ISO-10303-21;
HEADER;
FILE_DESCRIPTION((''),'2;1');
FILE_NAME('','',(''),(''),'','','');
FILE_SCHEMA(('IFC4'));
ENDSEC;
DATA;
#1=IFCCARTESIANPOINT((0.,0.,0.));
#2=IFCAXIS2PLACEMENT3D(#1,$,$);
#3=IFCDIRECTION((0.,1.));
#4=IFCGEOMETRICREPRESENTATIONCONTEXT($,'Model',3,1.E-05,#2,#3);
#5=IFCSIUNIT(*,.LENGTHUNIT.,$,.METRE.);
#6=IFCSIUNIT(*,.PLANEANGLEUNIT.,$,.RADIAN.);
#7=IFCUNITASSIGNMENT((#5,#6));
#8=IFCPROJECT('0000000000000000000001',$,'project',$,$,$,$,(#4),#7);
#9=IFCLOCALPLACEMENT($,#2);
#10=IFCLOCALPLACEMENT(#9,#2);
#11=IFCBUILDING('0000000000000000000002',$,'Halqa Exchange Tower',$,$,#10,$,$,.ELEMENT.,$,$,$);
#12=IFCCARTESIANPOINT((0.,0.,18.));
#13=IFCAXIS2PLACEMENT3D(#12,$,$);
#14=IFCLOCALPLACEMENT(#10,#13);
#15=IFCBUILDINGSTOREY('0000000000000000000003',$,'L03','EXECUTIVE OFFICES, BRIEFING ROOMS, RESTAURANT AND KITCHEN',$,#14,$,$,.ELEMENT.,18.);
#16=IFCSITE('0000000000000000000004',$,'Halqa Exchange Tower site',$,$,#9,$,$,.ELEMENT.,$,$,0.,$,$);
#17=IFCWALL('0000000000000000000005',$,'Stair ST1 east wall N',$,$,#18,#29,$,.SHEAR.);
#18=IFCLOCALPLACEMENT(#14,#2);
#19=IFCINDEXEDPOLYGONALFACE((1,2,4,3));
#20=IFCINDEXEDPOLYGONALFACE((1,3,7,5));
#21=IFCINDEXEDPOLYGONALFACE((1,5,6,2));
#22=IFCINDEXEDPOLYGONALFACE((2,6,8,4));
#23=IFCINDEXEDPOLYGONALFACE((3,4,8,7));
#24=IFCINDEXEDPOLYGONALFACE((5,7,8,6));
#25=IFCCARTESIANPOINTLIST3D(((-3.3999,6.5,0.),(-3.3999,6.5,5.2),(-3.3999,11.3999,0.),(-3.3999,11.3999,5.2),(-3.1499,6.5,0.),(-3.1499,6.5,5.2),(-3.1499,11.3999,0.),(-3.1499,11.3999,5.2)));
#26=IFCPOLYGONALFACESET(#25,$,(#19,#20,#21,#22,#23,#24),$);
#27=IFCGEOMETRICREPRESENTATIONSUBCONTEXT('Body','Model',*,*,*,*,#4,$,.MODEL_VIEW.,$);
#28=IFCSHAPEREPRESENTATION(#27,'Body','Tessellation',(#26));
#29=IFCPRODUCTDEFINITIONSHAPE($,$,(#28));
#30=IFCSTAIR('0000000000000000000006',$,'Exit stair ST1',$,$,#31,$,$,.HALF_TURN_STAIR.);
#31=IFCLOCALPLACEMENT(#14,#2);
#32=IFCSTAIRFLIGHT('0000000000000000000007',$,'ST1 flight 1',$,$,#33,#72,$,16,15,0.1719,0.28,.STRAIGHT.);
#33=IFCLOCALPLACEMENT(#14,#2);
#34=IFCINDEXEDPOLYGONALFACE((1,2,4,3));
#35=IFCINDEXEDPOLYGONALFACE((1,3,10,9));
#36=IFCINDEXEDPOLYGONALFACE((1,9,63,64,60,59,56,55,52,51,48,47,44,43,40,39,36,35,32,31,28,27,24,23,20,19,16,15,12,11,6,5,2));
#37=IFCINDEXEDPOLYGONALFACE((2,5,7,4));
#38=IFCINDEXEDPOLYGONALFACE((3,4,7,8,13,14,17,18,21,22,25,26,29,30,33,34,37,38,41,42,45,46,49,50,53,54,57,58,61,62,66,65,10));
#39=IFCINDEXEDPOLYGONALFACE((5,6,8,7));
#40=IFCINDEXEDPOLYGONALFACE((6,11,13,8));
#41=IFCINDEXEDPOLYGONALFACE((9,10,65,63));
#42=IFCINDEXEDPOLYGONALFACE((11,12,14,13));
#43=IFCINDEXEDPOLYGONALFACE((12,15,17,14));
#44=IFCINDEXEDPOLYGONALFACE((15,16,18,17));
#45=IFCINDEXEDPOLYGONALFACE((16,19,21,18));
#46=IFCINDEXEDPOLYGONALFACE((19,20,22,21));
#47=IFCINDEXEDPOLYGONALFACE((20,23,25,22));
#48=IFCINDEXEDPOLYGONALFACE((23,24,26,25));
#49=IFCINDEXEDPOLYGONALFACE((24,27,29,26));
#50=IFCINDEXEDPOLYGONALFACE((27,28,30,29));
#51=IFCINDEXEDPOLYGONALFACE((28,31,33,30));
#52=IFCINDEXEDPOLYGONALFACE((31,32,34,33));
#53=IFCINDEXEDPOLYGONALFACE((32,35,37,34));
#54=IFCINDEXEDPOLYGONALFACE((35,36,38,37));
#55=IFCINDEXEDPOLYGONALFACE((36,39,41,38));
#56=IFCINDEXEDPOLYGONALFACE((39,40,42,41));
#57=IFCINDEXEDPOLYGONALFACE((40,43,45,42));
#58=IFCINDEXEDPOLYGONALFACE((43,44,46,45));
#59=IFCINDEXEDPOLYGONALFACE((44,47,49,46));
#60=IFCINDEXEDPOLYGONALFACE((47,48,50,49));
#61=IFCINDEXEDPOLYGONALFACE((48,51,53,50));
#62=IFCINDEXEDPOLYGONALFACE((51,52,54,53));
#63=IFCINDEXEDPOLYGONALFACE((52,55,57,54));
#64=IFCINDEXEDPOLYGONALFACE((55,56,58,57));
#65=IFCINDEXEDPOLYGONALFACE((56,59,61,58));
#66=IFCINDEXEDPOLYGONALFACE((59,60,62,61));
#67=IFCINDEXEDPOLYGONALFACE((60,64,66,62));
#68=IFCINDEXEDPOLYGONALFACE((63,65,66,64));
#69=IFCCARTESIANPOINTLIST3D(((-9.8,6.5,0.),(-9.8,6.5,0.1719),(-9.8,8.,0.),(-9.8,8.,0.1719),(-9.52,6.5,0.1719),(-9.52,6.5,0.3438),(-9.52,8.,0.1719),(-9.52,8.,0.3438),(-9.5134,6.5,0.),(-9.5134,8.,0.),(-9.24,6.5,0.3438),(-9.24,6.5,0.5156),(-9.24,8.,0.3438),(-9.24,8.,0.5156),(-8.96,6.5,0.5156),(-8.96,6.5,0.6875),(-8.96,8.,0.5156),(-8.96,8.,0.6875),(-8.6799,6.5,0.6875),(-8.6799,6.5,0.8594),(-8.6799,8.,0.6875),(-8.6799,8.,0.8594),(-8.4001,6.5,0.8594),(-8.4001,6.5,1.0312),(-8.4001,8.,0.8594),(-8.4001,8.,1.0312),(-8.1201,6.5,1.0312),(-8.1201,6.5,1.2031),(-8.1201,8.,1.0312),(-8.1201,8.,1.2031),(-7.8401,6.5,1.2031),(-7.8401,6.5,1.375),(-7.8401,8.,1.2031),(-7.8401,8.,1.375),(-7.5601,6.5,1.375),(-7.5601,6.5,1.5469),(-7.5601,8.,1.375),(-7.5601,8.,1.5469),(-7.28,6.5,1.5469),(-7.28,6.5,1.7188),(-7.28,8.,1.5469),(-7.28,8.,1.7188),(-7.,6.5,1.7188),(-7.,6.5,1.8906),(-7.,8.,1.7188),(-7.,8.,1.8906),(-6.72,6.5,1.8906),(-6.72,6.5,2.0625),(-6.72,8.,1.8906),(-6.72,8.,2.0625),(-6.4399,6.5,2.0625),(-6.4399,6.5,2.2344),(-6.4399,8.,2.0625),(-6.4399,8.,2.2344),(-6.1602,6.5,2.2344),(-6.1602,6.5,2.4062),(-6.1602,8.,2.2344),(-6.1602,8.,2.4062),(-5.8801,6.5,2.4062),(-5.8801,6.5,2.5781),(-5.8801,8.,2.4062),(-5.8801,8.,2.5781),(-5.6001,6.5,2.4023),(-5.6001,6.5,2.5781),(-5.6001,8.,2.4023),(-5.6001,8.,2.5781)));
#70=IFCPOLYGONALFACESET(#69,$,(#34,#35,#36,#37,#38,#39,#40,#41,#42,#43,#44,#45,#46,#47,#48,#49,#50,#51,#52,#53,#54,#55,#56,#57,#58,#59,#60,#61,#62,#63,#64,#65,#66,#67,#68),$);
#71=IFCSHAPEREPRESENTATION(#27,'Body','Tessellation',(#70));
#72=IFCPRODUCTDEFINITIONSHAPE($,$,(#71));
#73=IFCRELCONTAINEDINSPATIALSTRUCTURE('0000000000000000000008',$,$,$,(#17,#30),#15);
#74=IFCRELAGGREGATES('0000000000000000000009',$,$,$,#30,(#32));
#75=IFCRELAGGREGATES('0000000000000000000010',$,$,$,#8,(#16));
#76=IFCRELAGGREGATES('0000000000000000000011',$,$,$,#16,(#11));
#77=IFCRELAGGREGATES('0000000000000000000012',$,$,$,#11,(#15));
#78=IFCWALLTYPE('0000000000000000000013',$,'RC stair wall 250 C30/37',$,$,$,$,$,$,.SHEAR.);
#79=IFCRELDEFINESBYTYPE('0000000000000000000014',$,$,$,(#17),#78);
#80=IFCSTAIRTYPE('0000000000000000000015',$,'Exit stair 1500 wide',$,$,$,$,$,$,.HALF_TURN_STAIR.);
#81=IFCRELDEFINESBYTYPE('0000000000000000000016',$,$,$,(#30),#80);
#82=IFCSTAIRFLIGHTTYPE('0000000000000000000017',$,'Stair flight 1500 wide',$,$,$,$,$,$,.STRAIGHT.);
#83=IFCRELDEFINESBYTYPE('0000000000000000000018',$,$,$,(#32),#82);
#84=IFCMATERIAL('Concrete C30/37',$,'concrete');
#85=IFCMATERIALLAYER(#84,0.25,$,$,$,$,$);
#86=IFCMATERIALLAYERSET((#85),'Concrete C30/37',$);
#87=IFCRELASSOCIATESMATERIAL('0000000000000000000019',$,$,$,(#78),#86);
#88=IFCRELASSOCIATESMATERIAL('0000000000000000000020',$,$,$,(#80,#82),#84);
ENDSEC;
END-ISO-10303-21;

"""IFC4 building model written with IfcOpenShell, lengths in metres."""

from ifc_helpers import new_model, si_unit, direction, frame, frame_2d, origin, place, context, subcontext, project, spatial, polyline, rectangle, outline, extrude, material, layer, layer_set, type_object, element, aggregate, save


model = new_model("IFC4")

# Units and contexts
model_context = context("Model", 3, precision=1e-05, world=origin(), true_north=direction((0.0, 1.0)))
body_context = subcontext(model_context, "Body", "Model", "MODEL_VIEW")
ifc_project = project(units=[si_unit("LENGTHUNIT", "METRE"), si_unit("PLANEANGLEUNIT", "RADIAN")], contexts=[model_context])

# Site, building, storey
site_placement = place(None, origin())
site = spatial("IfcSite", under=ifc_project, at=site_placement, Name="Halqa Exchange Tower site", CompositionType="ELEMENT", RefElevation=0.0)
building_placement = place(site_placement, origin())
building = spatial("IfcBuilding", under=site, at=building_placement, Name="Halqa Exchange Tower", CompositionType="ELEMENT")
storey_placement = place(building_placement, frame((0.0, 0.0, 18.0)))
storey = spatial("IfcBuildingStorey", under=building, at=storey_placement, Name="L03", Description="EXECUTIVE OFFICES, BRIEFING ROOMS, RESTAURANT AND KITCHEN", CompositionType="ELEMENT", Elevation=18.0)

# Wall
ifc_material_1 = material(Name="Concrete C30/37", Category="concrete")
ifc_layer_1 = layer(ifc_material_1, 0.25)
ifc_layer_set_1 = layer_set([ifc_layer_1], Name="Concrete C30/37")
wall_type_1 = type_object("IfcWallType", Name="RC stair wall 250 C30/37", PredefinedType="SHEAR", material=ifc_layer_set_1)
wall_1_placement = place(storey_placement, frame((-3.2749, 6.5, 0.0), z_axis=(0.0, 0.0, 1.0), x_axis=(0.0, 1.0, 0.0)))
element("IfcWall", 1, at=wall_1_placement, inside=storey, type_object=wall_type_1, Name="Stair ST1 east wall N", PredefinedType="SHEAR", context=body_context, shape_type="SweptSolid", body=[
    extrude(rectangle(XDim=4.8999, YDim=0.25, at=frame_2d((2.45, 0.0))), origin(), (0.0, 0.0, 1.0), 5.2),
])

# Stair, stair flight
stair_type = type_object("IfcStairType", Name="Exit stair 1500 wide", PredefinedType="HALF_TURN_STAIR", material=ifc_material_1)
stair_placement = place(storey_placement, origin())
stair = element("IfcStair", 2, at=stair_placement, inside=storey, type_object=stair_type, Name="Exit stair ST1", PredefinedType="HALF_TURN_STAIR")
stair_flight_type = type_object("IfcStairFlightType", Name="Stair flight 1500 wide", PredefinedType="STRAIGHT", material=ifc_material_1)
stair_flight_placement = place(storey_placement, frame((-9.8, 7.25, 0.0), z_axis=(0.0, 0.0, 1.0), x_axis=(1.0, 0.0, 0.0)))
stair_flight = element("IfcStairFlight", 3, at=stair_flight_placement, type_object=stair_flight_type, Name="ST1 flight 1", NumberOfRisers=16, NumberOfTreads=15, PredefinedType="STRAIGHT", RiserHeight=0.1719, TreadLength=0.28, context=body_context, shape_type="SweptSolid", body=[
    extrude(outline(polyline([(0.0, 0.0), (0.0, 0.1719), (0.28, 0.1719), (0.28, 0.3438), (0.5601, 0.3438), (0.5601, 0.5156), (0.8401, 0.5156), (0.8401, 0.6875), (1.1201, 0.6875), (1.1201, 0.8594), (1.3999, 0.8594), (1.3999, 1.0312), (1.6799, 1.0312), (1.6799, 1.2031), (1.96, 1.2031), (1.96, 1.375), (2.24, 1.375), (2.24, 1.5469), (2.52, 1.5469), (2.52, 1.7188), (2.8, 1.7188), (2.8, 1.8906), (3.0801, 1.8906), (3.0801, 2.0625), (3.3601, 2.0625), (3.3601, 2.2344), (3.6399, 2.2344), (3.6399, 2.4062), (3.9199, 2.4062), (3.9199, 2.5781), (4.2, 2.5781), (4.2, 2.75), (4.2, 2.4023), (0.2866, 0.0), (0.0, 0.0)])), frame((0.0, 0.75, 0.0), z_axis=(0.0, -1.0, 0.0), x_axis=(1.0, 0.0, 0.0)), (0.0, 0.0, 1.0), 1.5),
])
aggregate(stair, [stair_flight])

save(model, "model.ifc")
